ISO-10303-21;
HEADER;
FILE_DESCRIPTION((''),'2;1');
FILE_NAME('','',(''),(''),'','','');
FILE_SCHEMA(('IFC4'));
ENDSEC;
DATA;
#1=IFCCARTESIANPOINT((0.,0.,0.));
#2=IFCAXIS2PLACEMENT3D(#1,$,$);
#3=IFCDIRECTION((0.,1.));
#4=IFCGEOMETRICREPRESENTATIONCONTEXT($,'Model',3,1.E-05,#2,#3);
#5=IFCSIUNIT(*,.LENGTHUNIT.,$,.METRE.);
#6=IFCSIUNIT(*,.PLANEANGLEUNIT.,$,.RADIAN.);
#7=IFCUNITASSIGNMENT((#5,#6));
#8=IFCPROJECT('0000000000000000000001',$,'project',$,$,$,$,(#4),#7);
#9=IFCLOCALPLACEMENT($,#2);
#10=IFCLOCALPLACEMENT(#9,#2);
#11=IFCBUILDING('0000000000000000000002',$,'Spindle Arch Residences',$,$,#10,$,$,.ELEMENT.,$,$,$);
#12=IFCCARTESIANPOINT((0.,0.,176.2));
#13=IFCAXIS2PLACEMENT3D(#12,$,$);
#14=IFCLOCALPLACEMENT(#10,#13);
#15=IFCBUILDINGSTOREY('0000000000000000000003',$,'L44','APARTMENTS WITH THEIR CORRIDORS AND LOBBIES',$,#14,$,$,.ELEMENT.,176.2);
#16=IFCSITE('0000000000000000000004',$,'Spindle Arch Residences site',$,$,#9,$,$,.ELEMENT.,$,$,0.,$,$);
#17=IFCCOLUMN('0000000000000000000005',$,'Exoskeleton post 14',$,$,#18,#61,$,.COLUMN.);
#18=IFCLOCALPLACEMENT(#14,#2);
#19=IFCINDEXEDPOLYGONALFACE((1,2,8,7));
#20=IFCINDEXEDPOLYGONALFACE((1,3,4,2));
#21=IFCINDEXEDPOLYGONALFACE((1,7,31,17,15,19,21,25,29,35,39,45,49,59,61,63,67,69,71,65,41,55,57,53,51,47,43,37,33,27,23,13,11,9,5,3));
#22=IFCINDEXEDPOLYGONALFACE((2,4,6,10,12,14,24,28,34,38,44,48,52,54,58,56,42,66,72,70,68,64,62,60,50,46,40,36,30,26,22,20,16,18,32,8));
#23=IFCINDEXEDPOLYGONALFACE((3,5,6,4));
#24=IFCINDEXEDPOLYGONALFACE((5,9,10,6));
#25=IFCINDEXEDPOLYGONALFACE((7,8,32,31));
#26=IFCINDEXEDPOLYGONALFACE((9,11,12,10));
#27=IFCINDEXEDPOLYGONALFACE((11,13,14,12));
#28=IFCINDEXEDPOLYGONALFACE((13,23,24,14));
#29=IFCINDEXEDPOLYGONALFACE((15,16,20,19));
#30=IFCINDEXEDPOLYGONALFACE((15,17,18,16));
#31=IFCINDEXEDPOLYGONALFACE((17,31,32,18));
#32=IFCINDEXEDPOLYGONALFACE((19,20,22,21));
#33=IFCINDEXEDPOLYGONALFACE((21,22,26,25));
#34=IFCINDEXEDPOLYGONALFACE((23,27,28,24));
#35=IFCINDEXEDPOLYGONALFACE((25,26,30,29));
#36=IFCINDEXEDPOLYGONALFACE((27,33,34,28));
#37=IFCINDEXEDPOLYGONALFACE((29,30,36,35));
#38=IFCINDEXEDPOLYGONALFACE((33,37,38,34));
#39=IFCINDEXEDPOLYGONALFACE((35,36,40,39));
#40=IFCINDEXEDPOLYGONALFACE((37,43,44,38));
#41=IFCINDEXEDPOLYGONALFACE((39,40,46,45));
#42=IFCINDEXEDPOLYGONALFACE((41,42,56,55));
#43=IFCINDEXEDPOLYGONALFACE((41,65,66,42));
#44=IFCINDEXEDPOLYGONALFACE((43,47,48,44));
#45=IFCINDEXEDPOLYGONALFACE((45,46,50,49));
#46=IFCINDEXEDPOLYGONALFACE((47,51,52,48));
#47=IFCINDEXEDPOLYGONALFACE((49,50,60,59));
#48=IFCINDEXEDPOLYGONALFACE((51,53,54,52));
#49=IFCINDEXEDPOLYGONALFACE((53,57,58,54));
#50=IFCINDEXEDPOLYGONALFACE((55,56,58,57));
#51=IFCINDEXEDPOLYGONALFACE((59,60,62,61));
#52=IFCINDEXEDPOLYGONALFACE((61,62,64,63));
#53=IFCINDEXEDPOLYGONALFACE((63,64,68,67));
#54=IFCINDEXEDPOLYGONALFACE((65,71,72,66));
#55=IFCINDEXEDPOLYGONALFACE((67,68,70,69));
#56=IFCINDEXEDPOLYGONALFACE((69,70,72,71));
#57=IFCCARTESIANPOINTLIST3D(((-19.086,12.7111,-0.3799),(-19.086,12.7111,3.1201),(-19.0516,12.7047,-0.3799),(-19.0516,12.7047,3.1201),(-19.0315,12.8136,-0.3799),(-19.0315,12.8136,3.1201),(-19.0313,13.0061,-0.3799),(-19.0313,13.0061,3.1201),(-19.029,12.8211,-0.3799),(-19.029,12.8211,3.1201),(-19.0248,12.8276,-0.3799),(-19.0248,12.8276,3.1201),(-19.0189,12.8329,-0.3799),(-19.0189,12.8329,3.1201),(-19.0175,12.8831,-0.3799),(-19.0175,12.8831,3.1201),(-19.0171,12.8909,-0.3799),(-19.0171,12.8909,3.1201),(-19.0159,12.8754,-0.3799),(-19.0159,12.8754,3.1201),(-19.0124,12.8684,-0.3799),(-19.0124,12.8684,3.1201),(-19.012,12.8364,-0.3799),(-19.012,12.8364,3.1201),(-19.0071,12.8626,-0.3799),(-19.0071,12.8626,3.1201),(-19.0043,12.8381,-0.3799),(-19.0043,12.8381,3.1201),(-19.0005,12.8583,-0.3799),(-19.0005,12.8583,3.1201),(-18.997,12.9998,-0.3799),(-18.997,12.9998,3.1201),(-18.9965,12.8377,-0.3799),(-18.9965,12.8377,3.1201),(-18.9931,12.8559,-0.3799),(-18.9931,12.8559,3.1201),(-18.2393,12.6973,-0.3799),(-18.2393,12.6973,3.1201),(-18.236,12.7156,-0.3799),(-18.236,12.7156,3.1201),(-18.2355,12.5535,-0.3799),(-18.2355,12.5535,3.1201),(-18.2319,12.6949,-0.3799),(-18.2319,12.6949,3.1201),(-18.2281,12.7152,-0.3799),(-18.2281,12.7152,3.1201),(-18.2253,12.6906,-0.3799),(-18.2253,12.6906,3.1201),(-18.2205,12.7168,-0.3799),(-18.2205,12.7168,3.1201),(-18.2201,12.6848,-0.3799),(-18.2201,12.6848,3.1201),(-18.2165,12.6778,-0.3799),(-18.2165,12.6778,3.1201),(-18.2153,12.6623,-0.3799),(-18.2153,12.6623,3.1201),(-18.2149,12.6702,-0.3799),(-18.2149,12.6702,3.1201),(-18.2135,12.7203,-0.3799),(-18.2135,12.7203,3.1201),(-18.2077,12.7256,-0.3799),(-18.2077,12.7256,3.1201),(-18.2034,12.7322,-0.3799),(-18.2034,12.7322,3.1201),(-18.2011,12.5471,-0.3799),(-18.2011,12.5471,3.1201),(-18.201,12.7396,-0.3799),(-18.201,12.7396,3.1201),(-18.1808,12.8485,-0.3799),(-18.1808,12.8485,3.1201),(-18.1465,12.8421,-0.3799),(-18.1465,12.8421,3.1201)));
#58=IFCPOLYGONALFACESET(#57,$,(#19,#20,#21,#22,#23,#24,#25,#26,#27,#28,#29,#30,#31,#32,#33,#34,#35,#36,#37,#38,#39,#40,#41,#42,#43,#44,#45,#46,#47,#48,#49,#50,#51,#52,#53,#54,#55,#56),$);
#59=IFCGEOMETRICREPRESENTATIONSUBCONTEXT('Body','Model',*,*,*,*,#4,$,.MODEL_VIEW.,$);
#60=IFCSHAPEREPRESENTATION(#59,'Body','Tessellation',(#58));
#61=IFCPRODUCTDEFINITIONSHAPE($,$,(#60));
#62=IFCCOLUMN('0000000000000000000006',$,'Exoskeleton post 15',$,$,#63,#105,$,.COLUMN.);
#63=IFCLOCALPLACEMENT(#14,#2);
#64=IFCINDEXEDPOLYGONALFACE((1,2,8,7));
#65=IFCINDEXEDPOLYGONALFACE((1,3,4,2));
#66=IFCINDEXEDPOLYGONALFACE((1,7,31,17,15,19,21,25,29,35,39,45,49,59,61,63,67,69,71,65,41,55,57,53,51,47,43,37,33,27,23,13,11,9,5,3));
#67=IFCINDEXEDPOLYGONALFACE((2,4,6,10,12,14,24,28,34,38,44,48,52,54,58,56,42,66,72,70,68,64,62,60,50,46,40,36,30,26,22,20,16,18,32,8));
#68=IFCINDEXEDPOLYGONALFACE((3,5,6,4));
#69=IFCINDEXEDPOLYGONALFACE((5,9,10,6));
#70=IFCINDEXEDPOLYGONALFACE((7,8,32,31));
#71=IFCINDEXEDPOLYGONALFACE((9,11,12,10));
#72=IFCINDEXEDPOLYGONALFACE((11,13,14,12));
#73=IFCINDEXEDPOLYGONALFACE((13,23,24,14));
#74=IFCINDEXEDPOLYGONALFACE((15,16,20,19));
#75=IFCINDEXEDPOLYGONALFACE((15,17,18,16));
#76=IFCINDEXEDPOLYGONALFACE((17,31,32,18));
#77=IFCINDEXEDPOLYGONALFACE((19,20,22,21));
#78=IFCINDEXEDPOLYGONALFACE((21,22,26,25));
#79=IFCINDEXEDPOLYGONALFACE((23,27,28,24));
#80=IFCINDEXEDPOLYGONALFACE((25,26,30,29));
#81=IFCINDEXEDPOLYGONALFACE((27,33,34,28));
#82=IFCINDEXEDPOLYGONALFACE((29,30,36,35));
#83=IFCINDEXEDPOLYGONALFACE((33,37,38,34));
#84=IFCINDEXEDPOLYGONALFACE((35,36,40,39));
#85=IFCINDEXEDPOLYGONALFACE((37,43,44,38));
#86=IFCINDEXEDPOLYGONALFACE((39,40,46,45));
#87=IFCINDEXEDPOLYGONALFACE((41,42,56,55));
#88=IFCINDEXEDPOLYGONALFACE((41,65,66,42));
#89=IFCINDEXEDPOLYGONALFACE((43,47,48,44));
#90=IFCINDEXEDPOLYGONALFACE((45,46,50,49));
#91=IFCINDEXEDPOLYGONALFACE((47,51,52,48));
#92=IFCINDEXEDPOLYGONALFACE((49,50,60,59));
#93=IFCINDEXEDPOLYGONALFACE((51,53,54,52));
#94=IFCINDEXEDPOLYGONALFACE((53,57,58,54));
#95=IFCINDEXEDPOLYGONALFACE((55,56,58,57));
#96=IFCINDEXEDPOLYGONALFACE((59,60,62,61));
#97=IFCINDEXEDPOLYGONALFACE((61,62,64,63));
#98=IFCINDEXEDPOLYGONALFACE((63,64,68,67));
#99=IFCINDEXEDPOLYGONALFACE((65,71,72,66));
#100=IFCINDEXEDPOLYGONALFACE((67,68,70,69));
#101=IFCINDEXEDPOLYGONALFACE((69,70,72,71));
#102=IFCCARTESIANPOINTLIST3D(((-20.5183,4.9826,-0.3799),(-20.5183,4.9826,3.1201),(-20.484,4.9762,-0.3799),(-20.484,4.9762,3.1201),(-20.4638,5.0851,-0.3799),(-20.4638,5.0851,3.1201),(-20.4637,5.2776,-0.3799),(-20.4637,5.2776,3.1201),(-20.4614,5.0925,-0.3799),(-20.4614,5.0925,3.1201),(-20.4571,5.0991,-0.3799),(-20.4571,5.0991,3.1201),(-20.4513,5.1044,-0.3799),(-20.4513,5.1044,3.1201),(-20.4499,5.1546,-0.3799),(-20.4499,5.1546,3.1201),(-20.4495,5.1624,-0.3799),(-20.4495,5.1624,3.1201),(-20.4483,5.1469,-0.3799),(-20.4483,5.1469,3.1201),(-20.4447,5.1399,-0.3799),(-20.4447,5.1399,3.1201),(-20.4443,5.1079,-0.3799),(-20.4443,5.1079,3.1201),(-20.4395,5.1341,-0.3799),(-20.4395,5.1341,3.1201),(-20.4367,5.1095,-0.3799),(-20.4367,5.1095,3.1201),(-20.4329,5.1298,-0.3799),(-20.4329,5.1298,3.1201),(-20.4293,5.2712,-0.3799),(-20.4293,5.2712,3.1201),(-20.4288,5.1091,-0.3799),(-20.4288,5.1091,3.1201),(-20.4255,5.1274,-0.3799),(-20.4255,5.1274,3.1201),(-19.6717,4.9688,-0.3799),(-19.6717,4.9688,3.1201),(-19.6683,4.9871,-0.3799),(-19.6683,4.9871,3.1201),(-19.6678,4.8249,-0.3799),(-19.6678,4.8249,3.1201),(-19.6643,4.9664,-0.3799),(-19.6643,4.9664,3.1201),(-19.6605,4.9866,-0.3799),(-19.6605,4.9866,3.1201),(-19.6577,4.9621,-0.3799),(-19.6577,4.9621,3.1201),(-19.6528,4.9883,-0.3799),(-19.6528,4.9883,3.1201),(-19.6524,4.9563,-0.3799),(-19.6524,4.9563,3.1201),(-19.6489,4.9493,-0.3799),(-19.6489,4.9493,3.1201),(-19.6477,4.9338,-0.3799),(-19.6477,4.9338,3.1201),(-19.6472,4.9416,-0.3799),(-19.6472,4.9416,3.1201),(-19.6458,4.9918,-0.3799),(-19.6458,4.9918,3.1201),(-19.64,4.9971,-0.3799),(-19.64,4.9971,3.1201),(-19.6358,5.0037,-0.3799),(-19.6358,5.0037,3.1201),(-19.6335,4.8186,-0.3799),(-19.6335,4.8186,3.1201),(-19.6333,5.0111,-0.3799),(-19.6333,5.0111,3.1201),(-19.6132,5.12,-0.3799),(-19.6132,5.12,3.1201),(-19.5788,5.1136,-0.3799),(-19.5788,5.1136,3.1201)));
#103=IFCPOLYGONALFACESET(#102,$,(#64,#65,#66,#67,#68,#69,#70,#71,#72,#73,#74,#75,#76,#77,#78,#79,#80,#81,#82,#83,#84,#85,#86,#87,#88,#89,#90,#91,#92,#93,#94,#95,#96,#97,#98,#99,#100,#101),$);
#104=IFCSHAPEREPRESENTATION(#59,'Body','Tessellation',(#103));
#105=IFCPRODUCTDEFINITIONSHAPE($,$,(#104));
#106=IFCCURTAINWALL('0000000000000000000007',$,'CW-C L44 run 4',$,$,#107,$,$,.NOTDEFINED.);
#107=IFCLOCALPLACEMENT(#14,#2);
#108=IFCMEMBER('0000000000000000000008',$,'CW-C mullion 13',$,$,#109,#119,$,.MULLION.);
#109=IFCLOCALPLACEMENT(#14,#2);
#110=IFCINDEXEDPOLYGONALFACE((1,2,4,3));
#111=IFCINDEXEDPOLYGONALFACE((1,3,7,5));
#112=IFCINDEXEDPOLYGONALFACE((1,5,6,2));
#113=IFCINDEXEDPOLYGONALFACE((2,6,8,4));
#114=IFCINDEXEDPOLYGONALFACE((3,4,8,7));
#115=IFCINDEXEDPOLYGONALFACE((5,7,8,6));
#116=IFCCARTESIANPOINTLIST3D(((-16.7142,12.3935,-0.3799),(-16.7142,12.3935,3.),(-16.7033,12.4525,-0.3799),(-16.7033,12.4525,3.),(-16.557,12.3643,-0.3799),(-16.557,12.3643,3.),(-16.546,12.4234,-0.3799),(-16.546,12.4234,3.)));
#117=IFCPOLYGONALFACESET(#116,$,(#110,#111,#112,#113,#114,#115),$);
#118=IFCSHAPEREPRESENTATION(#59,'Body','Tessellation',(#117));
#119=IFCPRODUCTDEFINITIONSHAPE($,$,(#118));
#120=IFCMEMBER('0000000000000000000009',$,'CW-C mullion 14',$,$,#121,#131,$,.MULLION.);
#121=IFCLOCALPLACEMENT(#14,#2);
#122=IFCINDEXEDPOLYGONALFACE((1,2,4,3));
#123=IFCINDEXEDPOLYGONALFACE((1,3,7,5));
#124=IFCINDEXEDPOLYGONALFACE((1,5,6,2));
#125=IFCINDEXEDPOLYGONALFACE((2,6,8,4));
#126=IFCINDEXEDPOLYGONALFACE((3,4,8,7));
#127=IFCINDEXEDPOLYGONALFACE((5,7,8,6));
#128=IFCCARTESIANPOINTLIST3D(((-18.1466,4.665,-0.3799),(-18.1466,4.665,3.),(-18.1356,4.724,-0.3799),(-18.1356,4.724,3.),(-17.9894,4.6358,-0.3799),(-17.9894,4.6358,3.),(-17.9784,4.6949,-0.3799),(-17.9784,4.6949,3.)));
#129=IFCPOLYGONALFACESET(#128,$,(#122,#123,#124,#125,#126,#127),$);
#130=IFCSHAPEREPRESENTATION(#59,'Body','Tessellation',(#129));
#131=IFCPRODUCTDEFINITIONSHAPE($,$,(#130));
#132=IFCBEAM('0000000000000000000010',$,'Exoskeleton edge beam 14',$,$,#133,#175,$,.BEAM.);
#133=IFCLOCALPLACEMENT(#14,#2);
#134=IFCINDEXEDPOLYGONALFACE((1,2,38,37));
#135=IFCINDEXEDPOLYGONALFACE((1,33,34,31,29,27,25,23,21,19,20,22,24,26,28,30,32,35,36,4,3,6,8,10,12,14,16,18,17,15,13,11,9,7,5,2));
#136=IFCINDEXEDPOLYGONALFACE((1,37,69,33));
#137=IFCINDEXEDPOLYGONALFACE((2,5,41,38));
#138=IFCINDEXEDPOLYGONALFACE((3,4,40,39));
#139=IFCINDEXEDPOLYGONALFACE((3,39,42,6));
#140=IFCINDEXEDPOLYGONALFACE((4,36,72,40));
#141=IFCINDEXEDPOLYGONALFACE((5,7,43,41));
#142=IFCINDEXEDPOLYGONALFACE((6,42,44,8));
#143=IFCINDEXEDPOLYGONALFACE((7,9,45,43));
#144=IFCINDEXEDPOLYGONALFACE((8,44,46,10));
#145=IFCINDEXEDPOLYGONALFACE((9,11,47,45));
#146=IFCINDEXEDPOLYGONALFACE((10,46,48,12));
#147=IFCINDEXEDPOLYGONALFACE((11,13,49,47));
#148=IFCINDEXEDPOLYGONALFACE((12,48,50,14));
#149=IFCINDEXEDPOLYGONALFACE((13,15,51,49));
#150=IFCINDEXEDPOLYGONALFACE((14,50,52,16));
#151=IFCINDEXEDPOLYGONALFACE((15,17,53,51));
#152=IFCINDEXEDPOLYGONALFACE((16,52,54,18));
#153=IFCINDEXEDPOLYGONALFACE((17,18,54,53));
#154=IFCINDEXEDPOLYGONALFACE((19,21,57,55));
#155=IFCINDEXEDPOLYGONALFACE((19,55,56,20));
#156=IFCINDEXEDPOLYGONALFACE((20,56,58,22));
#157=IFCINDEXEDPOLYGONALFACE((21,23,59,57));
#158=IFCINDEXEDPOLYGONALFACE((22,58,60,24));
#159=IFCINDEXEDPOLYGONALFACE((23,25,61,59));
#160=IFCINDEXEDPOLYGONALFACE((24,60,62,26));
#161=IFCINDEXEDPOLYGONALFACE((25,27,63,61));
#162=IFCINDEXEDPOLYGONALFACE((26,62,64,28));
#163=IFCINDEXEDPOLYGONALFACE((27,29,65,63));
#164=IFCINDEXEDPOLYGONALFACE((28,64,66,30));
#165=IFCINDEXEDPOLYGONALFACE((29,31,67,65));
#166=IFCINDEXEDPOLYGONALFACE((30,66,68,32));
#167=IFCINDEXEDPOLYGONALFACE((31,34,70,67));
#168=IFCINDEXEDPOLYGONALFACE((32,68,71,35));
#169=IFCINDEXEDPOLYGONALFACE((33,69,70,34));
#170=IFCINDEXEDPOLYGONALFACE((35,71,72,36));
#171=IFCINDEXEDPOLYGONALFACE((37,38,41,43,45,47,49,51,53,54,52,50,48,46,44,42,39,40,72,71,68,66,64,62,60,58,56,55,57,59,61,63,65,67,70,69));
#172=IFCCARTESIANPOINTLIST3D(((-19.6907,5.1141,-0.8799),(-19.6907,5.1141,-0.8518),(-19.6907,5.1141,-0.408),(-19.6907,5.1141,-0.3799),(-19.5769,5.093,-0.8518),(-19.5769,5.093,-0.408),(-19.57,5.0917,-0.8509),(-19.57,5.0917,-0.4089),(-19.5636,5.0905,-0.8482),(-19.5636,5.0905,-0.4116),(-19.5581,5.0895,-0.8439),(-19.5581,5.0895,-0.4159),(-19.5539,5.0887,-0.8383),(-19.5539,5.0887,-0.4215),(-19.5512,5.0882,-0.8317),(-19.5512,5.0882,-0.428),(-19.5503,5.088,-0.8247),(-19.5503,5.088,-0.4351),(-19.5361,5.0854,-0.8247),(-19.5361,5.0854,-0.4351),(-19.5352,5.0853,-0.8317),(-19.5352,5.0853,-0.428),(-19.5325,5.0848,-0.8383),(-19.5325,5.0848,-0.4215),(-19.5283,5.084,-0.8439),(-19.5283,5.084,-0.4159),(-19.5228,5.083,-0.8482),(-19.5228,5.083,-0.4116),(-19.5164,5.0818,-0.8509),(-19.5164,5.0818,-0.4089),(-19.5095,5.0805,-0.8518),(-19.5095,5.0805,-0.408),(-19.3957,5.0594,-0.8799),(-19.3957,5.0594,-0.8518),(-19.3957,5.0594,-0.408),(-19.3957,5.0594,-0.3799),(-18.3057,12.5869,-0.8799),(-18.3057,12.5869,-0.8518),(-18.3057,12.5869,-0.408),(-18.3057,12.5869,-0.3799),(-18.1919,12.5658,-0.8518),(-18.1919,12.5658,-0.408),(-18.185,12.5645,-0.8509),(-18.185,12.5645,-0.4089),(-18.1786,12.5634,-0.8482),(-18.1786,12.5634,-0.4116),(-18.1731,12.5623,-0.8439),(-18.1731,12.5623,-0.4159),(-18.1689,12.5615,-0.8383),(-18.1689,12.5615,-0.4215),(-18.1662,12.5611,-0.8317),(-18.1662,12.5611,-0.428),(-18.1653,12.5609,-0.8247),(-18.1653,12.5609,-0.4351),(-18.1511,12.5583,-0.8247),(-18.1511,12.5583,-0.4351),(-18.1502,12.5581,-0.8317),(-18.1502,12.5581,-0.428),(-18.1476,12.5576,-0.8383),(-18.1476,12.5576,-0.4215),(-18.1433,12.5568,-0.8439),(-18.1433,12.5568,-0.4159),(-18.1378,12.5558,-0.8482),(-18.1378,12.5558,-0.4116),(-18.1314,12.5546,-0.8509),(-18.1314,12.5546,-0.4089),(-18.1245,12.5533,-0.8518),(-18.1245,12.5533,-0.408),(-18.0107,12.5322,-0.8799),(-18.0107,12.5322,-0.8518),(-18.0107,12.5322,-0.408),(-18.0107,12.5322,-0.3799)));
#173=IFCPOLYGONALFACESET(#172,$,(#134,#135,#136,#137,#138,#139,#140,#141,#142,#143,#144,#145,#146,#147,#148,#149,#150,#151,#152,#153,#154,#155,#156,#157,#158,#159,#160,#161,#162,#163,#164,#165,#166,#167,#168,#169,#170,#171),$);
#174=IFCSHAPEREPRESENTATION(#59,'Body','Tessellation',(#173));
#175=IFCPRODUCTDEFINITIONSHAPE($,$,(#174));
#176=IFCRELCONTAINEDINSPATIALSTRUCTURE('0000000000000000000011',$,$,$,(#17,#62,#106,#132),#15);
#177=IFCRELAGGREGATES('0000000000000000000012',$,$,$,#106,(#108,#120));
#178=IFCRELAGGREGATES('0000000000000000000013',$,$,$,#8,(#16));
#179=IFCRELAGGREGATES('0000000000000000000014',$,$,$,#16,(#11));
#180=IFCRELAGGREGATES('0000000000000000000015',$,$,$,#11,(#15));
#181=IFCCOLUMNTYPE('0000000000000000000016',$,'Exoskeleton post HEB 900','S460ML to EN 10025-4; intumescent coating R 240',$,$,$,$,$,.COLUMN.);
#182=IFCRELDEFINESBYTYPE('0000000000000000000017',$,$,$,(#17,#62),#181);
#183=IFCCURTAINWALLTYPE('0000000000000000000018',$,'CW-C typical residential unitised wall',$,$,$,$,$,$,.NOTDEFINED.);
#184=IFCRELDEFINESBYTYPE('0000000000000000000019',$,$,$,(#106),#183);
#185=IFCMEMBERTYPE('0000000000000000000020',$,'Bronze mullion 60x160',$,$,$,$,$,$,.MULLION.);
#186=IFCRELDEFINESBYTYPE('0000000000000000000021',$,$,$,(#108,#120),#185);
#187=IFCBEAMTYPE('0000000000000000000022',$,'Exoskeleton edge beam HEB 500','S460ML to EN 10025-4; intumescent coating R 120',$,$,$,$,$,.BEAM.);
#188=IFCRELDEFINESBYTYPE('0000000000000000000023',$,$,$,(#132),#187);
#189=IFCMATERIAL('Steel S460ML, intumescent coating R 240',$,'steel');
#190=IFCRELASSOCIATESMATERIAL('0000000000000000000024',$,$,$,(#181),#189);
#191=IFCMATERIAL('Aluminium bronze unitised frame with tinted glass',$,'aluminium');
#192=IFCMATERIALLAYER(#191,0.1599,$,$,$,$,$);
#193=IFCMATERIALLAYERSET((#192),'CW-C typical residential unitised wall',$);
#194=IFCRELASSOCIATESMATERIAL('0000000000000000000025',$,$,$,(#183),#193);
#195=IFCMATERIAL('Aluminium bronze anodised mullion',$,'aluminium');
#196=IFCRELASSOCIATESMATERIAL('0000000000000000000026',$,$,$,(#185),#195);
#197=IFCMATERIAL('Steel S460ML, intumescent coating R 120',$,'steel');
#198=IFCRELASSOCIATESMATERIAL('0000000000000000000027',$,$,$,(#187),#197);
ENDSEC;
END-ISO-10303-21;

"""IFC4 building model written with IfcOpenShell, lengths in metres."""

from ifc_helpers import new_model, si_unit, direction, frame, origin, origin_2d, place, context, subcontext, project, spatial, rectangle, i_section, extrude, material, layer, layer_set, material_profile, profile_set, type_object, element, aggregate, save


model = new_model("IFC4")

# Units and contexts
model_context = context("Model", 3, precision=1e-05, world=origin(), true_north=direction((0.0, 1.0)))
body_context = subcontext(model_context, "Body", "Model", "MODEL_VIEW")
ifc_project = project(units=[si_unit("LENGTHUNIT", "METRE"), si_unit("PLANEANGLEUNIT", "RADIAN")], contexts=[model_context])

# Site, building, storey
site_placement = place(None, origin())
site = spatial("IfcSite", under=ifc_project, at=site_placement, Name="Spindle Arch Residences site", CompositionType="ELEMENT", RefElevation=0.0)
building_placement = place(site_placement, origin())
building = spatial("IfcBuilding", under=site, at=building_placement, Name="Spindle Arch Residences", CompositionType="ELEMENT")
storey_placement = place(building_placement, frame((0.0, 0.0, 176.2)))
storey = spatial("IfcBuildingStorey", under=building, at=storey_placement, Name="L44", Description="APARTMENTS WITH THEIR CORRIDORS AND LOBBIES", CompositionType="ELEMENT", Elevation=176.2)

# Columns
ifc_material_1 = material(Name="Steel S460ML, intumescent coating R 240", Category="steel")
ifc_material_profile_1 = material_profile(ifc_material_1, i_section(OverallWidth=0.3, OverallDepth=0.8999, WebThickness=0.0186, FlangeThickness=0.0349, FilletRadius=0.03, at=origin_2d()), Name="HEB 900")
ifc_profile_set_1 = profile_set([ifc_material_profile_1], Name="Steel S460ML, intumescent coating R 240")
column_type = type_object("IfcColumnType", Name="Exoskeleton post HEB 900", Description="S460ML to EN 10025-4; intumescent coating R 240", PredefinedType="COLUMN", material=ifc_profile_set_1)
for number, where, z_axis, x_axis, name in (
    (1, (-18.6162, 12.7766, -0.3799), (0.0, 0.0, 1.0), (0.182236, 0.983255, 0.0), "Exoskeleton post 14"),
    (2, (-20.0486, 5.0481, -0.3799), (0.0, 0.0, 1.0), (0.182236, 0.983255, 0.0), "Exoskeleton post 15"),
):
    element("IfcColumn", number, at=place(storey_placement, frame(where, z_axis=z_axis, x_axis=x_axis)), inside=storey, type_object=column_type, Name=name, PredefinedType="COLUMN", context=body_context, shape_type="SweptSolid", body=[
        extrude(i_section(OverallWidth=0.3, OverallDepth=0.8999, WebThickness=0.0186, FlangeThickness=0.0349, FilletRadius=0.03, at=origin_2d()), origin(), (0.0, 0.0, 1.0), 3.5),
    ])

# Curtain wall, members
ifc_material_2 = material(Name="Aluminium bronze unitised frame with tinted glass", Category="aluminium")
ifc_layer_1 = layer(ifc_material_2, 0.1599)
ifc_layer_set_1 = layer_set([ifc_layer_1], Name="CW-C typical residential unitised wall")
curtain_wall_type = type_object("IfcCurtainWallType", Name="CW-C typical residential unitised wall", PredefinedType="NOTDEFINED", material=ifc_layer_set_1)
curtain_wall_placement = place(storey_placement, origin())
curtain_wall = element("IfcCurtainWall", 3, at=curtain_wall_placement, inside=storey, type_object=curtain_wall_type, Name="CW-C L44 run 4", PredefinedType="NOTDEFINED")
ifc_material_3 = material(Name="Aluminium bronze anodised mullion", Category="aluminium")
ifc_material_profile_2 = material_profile(ifc_material_3, rectangle(XDim=0.1599, YDim=0.0601, at=origin_2d()), Name="MU 60x160")
ifc_profile_set_2 = profile_set([ifc_material_profile_2], Name="Aluminium bronze anodised mullion")
member_type = type_object("IfcMemberType", Name="Bronze mullion 60x160", PredefinedType="MULLION", material=ifc_profile_set_2)
member_1_placement = place(storey_placement, frame((-16.6301, 12.4084, -0.3799), z_axis=(0.0, 0.0, 1.0), x_axis=(0.983255, -0.182236, 0.0)))
member_1 = element("IfcMember", 4, at=member_1_placement, type_object=member_type, Name="CW-C mullion 13", PredefinedType="MULLION", context=body_context, shape_type="SweptSolid", body=[
    extrude(rectangle(XDim=0.1599, YDim=0.0601, at=origin_2d()), origin(), (0.0, 0.0, 1.0), 3.3799),
])
member_2_placement = place(storey_placement, frame((-18.0625, 4.6799, -0.3799), z_axis=(0.0, 0.0, 1.0), x_axis=(0.983255, -0.182236, 0.0)))
member_2 = element("IfcMember", 5, at=member_2_placement, type_object=member_type, Name="CW-C mullion 14", PredefinedType="MULLION", context=body_context, shape_type="SweptSolid", body=[
    extrude(rectangle(XDim=0.1599, YDim=0.0601, at=origin_2d()), origin(), (0.0, 0.0, 1.0), 3.3799),
])

# Beam
ifc_material_4 = material(Name="Steel S460ML, intumescent coating R 120", Category="steel")
ifc_material_profile_3 = material_profile(ifc_material_4, i_section(OverallWidth=0.3, OverallDepth=0.5, WebThickness=0.0144, FlangeThickness=0.0281, FilletRadius=0.0271, at=origin_2d()), Name="HEB 500")
ifc_profile_set_3 = profile_set([ifc_material_profile_3], Name="Steel S460ML, intumescent coating R 120")
beam_type_1 = type_object("IfcBeamType", Name="Exoskeleton edge beam HEB 500", Description="S460ML to EN 10025-4; intumescent coating R 120", PredefinedType="BEAM", material=ifc_profile_set_3)
for number, where, z_axis, x_axis, name in (
    (6, (-18.1582, 12.5596, -0.6299), (-0.182234, -0.983255, 0.0), (0.983255, -0.182234, 0.0), "Exoskeleton edge beam 14"),
):
    element("IfcBeam", number, at=place(storey_placement, frame(where, z_axis=z_axis, x_axis=x_axis)), inside=storey, type_object=beam_type_1, Name=name, PredefinedType="BEAM", context=body_context, shape_type="SweptSolid", body=[
        extrude(i_section(OverallWidth=0.3, OverallDepth=0.5, WebThickness=0.0144, FlangeThickness=0.0281, FilletRadius=0.0271, at=origin_2d()), origin(), (0.0, 0.0, 1.0), 7.6001),
    ])

aggregate(curtain_wall, [member_1, member_2])

save(model, "model.ifc")
